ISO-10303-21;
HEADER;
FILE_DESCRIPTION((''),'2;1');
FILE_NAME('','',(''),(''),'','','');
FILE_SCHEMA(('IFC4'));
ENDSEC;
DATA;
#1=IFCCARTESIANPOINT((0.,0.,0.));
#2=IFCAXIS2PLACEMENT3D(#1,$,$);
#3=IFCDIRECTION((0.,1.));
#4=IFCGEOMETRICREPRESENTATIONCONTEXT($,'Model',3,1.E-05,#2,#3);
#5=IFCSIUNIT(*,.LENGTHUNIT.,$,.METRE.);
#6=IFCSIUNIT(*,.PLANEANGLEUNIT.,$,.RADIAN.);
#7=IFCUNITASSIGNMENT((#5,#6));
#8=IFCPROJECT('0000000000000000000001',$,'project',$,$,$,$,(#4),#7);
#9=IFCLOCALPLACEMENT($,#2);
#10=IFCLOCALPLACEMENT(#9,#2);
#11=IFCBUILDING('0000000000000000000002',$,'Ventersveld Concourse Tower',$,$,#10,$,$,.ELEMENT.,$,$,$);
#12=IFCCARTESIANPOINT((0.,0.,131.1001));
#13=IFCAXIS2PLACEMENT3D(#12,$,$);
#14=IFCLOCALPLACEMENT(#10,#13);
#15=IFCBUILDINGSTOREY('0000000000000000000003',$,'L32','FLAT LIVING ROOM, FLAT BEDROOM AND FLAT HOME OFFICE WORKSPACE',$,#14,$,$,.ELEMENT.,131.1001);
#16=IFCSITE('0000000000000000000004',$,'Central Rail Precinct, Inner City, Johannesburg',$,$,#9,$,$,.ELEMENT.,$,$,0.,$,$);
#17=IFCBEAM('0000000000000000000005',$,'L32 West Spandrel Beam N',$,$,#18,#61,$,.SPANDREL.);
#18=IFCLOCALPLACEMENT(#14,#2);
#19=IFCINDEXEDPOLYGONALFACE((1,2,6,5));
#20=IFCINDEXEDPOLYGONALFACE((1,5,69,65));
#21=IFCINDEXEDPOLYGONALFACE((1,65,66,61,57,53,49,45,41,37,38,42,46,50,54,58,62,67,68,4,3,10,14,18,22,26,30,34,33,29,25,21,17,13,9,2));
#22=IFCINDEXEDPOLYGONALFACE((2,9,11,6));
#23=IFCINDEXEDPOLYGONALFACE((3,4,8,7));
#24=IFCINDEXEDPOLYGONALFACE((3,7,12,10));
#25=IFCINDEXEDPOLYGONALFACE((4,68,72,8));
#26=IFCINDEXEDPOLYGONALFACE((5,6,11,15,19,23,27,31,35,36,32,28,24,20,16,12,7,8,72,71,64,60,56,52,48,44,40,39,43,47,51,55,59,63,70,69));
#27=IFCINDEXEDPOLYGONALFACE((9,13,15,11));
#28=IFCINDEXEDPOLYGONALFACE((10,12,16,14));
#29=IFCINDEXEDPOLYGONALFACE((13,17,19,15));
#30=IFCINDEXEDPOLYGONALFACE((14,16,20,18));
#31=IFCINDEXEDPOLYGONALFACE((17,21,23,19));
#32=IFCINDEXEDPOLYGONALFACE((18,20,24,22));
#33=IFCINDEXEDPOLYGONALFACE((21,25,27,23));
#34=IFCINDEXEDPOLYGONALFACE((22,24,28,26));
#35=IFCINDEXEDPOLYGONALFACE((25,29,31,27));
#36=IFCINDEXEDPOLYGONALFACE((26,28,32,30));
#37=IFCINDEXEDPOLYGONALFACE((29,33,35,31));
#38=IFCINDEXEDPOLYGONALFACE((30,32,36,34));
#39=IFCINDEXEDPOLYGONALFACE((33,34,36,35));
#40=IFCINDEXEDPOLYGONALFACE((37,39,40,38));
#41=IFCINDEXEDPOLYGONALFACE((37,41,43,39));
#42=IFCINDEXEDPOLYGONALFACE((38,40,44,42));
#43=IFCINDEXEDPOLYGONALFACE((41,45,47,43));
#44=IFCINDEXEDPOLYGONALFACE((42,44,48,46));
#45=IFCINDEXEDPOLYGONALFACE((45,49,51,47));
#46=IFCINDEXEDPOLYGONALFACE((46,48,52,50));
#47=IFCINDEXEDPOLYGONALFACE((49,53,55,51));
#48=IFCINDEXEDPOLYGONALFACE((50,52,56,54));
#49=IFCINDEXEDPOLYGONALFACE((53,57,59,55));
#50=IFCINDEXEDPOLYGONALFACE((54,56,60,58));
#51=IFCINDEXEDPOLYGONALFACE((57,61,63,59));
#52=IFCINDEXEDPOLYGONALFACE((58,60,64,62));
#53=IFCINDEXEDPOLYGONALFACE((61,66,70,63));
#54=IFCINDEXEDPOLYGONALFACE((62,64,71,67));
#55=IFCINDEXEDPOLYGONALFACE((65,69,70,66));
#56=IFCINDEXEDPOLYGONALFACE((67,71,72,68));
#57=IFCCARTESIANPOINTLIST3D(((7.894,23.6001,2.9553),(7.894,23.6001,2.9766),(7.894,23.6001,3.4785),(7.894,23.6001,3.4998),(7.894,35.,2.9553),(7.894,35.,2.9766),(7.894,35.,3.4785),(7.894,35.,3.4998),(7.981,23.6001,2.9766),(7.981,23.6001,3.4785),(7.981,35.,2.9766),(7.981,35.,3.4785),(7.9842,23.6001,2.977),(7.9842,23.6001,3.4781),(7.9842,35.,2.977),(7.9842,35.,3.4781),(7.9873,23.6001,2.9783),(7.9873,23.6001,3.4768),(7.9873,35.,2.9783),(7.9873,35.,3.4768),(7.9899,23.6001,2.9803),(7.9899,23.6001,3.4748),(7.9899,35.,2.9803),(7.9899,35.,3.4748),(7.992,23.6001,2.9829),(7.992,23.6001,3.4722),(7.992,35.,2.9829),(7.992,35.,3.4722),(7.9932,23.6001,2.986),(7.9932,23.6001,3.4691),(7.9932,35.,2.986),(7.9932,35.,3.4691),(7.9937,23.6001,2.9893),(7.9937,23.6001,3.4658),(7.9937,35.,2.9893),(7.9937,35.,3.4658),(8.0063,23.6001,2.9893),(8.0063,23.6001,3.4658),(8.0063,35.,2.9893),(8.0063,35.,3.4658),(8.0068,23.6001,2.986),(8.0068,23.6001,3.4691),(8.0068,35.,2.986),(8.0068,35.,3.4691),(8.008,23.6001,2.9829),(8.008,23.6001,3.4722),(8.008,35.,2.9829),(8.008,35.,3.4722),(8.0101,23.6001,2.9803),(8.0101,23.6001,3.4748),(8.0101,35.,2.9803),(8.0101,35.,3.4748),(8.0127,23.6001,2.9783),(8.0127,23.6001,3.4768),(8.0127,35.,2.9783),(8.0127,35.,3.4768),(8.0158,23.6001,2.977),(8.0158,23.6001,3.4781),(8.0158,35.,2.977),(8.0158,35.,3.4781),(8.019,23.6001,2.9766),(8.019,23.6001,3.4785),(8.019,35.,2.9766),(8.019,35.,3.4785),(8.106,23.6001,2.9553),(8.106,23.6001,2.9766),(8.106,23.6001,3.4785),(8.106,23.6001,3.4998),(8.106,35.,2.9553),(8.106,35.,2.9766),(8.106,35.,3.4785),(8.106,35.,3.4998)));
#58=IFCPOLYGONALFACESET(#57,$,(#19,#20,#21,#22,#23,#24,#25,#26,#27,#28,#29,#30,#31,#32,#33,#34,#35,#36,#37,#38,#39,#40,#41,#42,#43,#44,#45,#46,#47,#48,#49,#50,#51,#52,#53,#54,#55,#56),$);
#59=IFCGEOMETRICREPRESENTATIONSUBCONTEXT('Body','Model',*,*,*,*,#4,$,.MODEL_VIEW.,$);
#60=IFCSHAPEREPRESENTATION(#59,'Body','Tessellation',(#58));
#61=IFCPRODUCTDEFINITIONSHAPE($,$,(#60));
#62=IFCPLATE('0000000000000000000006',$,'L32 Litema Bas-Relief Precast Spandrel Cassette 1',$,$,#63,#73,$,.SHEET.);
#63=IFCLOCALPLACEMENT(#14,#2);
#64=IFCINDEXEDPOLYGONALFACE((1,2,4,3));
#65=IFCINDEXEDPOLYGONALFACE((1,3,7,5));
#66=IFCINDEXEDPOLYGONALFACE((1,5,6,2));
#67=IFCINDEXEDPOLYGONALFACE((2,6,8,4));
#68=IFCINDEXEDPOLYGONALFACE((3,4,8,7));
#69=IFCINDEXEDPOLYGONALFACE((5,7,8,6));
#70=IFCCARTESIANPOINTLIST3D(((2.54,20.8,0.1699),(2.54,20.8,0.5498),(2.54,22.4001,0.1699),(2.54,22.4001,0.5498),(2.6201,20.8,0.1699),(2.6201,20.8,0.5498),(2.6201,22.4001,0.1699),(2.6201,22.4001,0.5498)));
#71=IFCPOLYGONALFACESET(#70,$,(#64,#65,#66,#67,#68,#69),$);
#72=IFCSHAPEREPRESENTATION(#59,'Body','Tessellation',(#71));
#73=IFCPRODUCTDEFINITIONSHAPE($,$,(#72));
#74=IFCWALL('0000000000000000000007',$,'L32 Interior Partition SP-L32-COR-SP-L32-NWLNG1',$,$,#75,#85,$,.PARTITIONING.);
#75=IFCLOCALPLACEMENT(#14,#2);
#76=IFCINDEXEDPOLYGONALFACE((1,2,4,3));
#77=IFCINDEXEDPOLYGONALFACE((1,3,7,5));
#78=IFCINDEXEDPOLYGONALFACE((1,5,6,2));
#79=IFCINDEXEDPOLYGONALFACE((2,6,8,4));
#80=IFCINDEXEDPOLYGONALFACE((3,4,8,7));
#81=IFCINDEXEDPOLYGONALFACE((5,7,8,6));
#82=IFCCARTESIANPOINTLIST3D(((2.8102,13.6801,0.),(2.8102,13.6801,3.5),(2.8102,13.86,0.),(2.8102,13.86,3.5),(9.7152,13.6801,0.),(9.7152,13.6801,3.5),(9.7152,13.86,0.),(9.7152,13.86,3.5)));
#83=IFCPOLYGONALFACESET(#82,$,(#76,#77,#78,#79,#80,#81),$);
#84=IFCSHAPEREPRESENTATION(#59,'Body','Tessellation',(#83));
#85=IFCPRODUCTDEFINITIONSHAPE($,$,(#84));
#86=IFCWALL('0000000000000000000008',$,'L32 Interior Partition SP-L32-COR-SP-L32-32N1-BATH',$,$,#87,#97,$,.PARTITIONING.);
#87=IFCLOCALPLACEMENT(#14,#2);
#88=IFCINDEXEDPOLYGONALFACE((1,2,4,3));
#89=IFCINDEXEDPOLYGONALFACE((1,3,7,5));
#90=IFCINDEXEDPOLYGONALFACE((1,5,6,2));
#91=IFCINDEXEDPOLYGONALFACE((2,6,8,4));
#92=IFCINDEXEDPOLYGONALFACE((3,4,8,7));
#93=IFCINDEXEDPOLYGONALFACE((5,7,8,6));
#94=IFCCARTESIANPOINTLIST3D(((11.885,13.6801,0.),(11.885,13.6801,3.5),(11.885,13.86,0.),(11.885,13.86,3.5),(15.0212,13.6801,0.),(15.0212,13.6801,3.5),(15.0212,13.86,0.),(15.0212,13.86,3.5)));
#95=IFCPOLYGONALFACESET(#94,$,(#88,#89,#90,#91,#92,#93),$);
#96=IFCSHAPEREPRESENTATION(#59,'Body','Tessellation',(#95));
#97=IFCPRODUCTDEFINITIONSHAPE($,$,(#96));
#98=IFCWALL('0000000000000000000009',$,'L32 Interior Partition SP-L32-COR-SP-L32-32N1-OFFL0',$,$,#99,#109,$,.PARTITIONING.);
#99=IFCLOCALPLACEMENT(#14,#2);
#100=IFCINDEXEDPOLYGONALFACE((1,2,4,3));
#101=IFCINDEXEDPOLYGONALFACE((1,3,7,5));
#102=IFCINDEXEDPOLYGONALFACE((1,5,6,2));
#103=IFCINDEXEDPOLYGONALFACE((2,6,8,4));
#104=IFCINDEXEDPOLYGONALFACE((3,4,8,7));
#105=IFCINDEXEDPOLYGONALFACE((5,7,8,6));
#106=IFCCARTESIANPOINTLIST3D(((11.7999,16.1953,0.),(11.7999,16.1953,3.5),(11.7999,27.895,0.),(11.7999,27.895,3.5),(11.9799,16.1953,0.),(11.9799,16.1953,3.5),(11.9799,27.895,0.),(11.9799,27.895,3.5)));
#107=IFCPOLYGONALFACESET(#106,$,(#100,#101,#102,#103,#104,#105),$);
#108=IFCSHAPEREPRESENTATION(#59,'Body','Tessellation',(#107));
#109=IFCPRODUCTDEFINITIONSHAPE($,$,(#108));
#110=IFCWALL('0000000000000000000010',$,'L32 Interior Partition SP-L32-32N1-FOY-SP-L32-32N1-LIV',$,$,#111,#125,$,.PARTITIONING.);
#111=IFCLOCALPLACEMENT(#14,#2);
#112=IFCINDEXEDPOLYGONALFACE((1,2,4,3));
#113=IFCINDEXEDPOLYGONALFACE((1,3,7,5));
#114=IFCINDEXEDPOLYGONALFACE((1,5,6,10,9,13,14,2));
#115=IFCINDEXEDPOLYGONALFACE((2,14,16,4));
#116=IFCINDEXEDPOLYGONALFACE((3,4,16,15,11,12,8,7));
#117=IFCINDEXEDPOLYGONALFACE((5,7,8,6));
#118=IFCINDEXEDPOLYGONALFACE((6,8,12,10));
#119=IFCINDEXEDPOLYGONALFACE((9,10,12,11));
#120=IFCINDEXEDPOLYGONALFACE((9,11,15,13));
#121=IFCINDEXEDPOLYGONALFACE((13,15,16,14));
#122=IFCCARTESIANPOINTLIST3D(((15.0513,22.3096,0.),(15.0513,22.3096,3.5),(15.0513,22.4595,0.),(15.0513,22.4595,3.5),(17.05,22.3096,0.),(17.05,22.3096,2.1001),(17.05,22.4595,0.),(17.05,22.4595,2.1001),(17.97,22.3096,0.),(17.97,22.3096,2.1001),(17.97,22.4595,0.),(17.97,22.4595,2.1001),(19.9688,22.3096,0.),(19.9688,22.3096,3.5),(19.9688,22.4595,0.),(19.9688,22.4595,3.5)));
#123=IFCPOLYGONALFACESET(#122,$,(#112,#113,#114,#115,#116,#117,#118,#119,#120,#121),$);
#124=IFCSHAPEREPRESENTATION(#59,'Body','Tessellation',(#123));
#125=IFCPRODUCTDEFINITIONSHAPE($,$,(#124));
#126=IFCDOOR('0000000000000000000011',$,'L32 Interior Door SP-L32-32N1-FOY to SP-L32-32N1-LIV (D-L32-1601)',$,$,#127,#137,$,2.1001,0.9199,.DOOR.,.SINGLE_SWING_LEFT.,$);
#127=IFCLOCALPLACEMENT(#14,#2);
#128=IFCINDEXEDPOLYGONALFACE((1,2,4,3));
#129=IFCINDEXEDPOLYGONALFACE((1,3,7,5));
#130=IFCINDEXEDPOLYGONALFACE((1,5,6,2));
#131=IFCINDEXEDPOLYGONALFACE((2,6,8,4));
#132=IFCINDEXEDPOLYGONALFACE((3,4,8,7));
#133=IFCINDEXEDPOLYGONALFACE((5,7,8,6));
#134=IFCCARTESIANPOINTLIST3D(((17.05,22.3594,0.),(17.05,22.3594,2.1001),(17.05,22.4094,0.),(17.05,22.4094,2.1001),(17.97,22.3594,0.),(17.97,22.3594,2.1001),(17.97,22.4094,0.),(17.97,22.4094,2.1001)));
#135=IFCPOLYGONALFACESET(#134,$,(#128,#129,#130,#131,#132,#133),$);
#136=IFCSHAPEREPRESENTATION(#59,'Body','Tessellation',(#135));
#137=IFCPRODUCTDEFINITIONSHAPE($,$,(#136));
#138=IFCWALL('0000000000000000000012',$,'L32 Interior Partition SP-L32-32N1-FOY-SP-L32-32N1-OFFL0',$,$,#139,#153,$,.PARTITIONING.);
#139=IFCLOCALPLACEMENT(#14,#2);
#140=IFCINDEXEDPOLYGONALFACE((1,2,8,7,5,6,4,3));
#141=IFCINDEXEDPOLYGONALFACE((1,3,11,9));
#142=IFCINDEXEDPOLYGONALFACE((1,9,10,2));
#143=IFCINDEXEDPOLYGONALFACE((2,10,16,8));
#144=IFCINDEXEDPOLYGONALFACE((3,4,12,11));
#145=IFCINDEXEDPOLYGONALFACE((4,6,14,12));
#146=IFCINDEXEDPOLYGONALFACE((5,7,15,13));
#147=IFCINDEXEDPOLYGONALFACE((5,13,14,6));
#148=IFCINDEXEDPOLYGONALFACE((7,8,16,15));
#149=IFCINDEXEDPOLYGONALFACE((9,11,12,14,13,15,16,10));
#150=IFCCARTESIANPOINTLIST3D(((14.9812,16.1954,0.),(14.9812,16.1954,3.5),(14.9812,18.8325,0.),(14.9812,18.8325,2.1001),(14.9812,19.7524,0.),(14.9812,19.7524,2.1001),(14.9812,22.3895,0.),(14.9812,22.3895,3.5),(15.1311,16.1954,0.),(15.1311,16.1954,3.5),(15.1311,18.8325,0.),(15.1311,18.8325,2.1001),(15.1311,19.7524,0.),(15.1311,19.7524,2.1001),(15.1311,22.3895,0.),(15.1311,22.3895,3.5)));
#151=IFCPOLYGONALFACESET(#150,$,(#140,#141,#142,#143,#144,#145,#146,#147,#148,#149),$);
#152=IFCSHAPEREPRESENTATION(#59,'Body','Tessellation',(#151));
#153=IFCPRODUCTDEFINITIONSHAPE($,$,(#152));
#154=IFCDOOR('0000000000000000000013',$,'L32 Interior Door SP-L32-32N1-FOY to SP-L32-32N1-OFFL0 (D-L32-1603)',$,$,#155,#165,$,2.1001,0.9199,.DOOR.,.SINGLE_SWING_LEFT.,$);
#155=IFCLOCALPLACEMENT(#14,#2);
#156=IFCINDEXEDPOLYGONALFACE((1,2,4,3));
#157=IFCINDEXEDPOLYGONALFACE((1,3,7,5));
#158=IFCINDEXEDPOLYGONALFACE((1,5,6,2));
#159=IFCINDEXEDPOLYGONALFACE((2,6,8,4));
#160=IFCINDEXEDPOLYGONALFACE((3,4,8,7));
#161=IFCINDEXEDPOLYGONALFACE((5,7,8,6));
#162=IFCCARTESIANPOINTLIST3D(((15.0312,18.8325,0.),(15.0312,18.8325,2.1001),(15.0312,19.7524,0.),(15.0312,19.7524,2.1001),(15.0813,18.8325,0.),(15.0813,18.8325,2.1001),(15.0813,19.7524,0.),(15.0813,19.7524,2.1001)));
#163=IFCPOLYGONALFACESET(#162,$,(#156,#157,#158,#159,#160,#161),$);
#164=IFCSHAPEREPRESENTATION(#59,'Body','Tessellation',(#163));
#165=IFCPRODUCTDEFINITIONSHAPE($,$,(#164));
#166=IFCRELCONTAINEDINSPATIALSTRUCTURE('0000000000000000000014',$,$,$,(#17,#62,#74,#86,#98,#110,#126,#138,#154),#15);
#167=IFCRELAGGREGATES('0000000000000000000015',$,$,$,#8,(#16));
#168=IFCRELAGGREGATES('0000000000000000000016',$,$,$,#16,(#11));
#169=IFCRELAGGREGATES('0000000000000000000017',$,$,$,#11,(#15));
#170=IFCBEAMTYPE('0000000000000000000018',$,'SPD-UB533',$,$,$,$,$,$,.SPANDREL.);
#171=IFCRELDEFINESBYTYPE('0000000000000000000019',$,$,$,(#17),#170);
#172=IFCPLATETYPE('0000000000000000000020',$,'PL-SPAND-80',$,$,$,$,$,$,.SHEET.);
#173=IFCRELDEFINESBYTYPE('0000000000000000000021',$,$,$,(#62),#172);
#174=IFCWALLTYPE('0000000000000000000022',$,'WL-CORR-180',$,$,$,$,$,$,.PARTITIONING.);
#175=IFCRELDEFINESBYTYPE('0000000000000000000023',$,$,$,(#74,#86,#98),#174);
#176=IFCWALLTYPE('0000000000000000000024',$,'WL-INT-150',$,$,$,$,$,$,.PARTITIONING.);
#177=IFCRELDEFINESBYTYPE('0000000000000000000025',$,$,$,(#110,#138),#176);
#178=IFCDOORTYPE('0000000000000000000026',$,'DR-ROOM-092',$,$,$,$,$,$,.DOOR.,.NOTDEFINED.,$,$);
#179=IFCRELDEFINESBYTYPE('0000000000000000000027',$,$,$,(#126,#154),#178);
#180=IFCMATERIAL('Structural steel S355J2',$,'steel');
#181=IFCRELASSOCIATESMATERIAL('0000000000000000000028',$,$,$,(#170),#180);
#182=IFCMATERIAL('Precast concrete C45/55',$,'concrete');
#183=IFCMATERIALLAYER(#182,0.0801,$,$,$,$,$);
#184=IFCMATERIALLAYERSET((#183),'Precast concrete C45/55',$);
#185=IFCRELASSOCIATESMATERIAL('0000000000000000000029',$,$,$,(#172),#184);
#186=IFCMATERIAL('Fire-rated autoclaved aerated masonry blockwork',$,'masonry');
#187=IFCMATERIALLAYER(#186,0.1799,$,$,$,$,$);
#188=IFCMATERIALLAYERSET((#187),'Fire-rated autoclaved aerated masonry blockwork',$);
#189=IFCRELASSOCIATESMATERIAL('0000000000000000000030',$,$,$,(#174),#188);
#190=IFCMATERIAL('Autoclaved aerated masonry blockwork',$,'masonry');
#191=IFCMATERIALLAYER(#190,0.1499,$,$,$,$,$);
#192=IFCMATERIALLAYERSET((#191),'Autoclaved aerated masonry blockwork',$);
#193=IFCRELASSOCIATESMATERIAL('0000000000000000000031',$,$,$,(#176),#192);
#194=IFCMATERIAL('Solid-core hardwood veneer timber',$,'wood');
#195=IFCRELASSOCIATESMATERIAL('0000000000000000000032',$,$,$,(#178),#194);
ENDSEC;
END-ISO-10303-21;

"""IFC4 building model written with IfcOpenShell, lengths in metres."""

from ifc_helpers import new_model, si_unit, direction, frame, frame_2d, origin, origin_2d, place, context, subcontext, project, spatial, rectangle, i_section, extrude, material, layer, layer_set, material_profile, profile_set, type_object, element, fill, save


model = new_model("IFC4")

# Units and contexts
model_context = context("Model", 3, precision=1e-05, world=origin(), true_north=direction((0.0, 1.0)))
body_context = subcontext(model_context, "Body", "Model", "MODEL_VIEW")
ifc_project = project(units=[si_unit("LENGTHUNIT", "METRE"), si_unit("PLANEANGLEUNIT", "RADIAN")], contexts=[model_context])

# Site, building, storey
site_placement = place(None, origin())
site = spatial("IfcSite", under=ifc_project, at=site_placement, Name="Central Rail Precinct, Inner City, Johannesburg", CompositionType="ELEMENT", RefElevation=0.0)
building_placement = place(site_placement, origin())
building = spatial("IfcBuilding", under=site, at=building_placement, Name="Ventersveld Concourse Tower", CompositionType="ELEMENT")
storey_placement = place(building_placement, frame((0.0, 0.0, 131.1001)))
storey = spatial("IfcBuildingStorey", under=building, at=storey_placement, Name="L32", Description="FLAT LIVING ROOM, FLAT BEDROOM AND FLAT HOME OFFICE WORKSPACE", CompositionType="ELEMENT", Elevation=131.1001)

# Beam
ifc_material_1 = material(Name="Structural steel S355J2", Category="steel")
ifc_material_profile_1 = material_profile(ifc_material_1, i_section(OverallWidth=0.2119, OverallDepth=0.5444, WebThickness=0.0127, FlangeThickness=0.0212, FilletRadius=0.0127, at=origin_2d()), Name="UB 533x210x122")
ifc_profile_set_1 = profile_set([ifc_material_profile_1], Name="Structural steel S355J2")
beam_type_1 = type_object("IfcBeamType", Name="SPD-UB533", PredefinedType="SPANDREL", material=ifc_profile_set_1)
beam_1_placement = place(storey_placement, frame((8.0, 23.6001, 3.2275), z_axis=(0.0, 1.0, 0.0), x_axis=(-1.0, 0.0, 0.0)))
element("IfcBeam", 1, at=beam_1_placement, inside=storey, type_object=beam_type_1, Name="L32 West Spandrel Beam N", PredefinedType="SPANDREL", context=body_context, shape_type="SweptSolid", body=[
    extrude(i_section(OverallWidth=0.2119, OverallDepth=0.5444, WebThickness=0.0127, FlangeThickness=0.0212, FilletRadius=0.0127, at=origin_2d()), origin(), (0.0, 0.0, 1.0), 11.3999),
])

# Plate
ifc_material_2 = material(Name="Precast concrete C45/55", Category="concrete")
ifc_layer_1 = layer(ifc_material_2, 0.0801)
ifc_layer_set_1 = layer_set([ifc_layer_1], Name="Precast concrete C45/55")
plate_type = type_object("IfcPlateType", Name="PL-SPAND-80", PredefinedType="SHEET", material=ifc_layer_set_1)
plate_placement = place(storey_placement, frame((2.5801, 21.6001, 0.1699), z_axis=(0.0, 0.0, 1.0), x_axis=(0.0, -1.0, 0.0)))
element("IfcPlate", 2, at=plate_placement, inside=storey, type_object=plate_type, Name="L32 Litema Bas-Relief Precast Spandrel Cassette 1", PredefinedType="SHEET", context=body_context, shape_type="SweptSolid", body=[
    extrude(rectangle(XDim=1.6001, YDim=0.0801, at=origin_2d()), origin(), (0.0, 0.0, 1.0), 0.3799),
])

# Wall
ifc_material_3 = material(Name="Fire-rated autoclaved aerated masonry blockwork", Category="masonry")
ifc_layer_2 = layer(ifc_material_3, 0.1799)
ifc_layer_set_2 = layer_set([ifc_layer_2], Name="Fire-rated autoclaved aerated masonry blockwork")
wall_type_1 = type_object("IfcWallType", Name="WL-CORR-180", PredefinedType="PARTITIONING", material=ifc_layer_set_2)
wall_1_placement = place(storey_placement, frame((2.8101, 13.77, 0.0), z_axis=(0.0, 0.0, 1.0), x_axis=(1.0, 0.0, 0.0)))
element("IfcWall", 3, at=wall_1_placement, inside=storey, type_object=wall_type_1, Name="L32 Interior Partition SP-L32-COR-SP-L32-NWLNG1", PredefinedType="PARTITIONING", context=body_context, shape_type="SweptSolid", body=[
    extrude(rectangle(XDim=6.905, YDim=0.1799, at=frame_2d((3.4526, 0.0))), origin(), (0.0, 0.0, 1.0), 3.5),
])

# Shared definitions
ifc_material_4 = material(Name="Solid-core hardwood veneer timber", Category="wood")

# Walls
wall_2_placement = place(storey_placement, frame((11.885, 13.77, 0.0), z_axis=(0.0, 0.0, 1.0), x_axis=(1.0, 0.0, 0.0)))
element("IfcWall", 4, at=wall_2_placement, inside=storey, type_object=wall_type_1, Name="L32 Interior Partition SP-L32-COR-SP-L32-32N1-BATH", PredefinedType="PARTITIONING", context=body_context, shape_type="SweptSolid", body=[
    extrude(rectangle(XDim=3.1362, YDim=0.1799, at=frame_2d((1.5681, 0.0))), origin(), (0.0, 0.0, 1.0), 3.5),
])
wall_3_placement = place(storey_placement, frame((11.8899, 16.1953, 0.0), z_axis=(0.0, 0.0, 1.0), x_axis=(0.0, 1.0, 0.0)))
element("IfcWall", 5, at=wall_3_placement, inside=storey, type_object=wall_type_1, Name="L32 Interior Partition SP-L32-COR-SP-L32-32N1-OFFL0", PredefinedType="PARTITIONING", context=body_context, shape_type="SweptSolid", body=[
    extrude(rectangle(XDim=11.6997, YDim=0.1799, at=frame_2d((5.8499, 0.0))), origin(), (0.0, 0.0, 1.0), 3.5),
])

# Walls, openings, doors
ifc_material_5 = material(Name="Autoclaved aerated masonry blockwork", Category="masonry")
ifc_layer_3 = layer(ifc_material_5, 0.1499)
ifc_layer_set_3 = layer_set([ifc_layer_3], Name="Autoclaved aerated masonry blockwork")
wall_type_2 = type_object("IfcWallType", Name="WL-INT-150", PredefinedType="PARTITIONING", material=ifc_layer_set_3)
wall_4_placement = place(storey_placement, frame((15.0513, 22.3845, 0.0), z_axis=(0.0, 0.0, 1.0), x_axis=(1.0, 0.0, 0.0)))
wall_4 = element("IfcWall", 6, at=wall_4_placement, inside=storey, type_object=wall_type_2, Name="L32 Interior Partition SP-L32-32N1-FOY-SP-L32-32N1-LIV", PredefinedType="PARTITIONING", context=body_context, shape_type="SweptSolid", body=[
    extrude(rectangle(XDim=4.9175, YDim=0.1499, at=frame_2d((2.4587, 0.0))), origin(), (0.0, 0.0, 1.0), 3.5),
])
opening_1_placement = place(wall_4_placement, frame((1.9988, 0.0, 0.0)))
opening_1 = element("IfcOpeningElement", 7, at=opening_1_placement, cuts=wall_4, PredefinedType="OPENING", context=body_context, shape_type="SweptSolid", body=[
    extrude(rectangle(XDim=0.9199, YDim=2.1001, at=frame_2d((0.46, 1.05))), frame((0.0, 0.085, 0.0), z_axis=(0.0, -1.0, 0.0), x_axis=(1.0, 0.0, 0.0)), (0.0, 0.0, 1.0), 0.1699),
])
door_type_1 = type_object("IfcDoorType", Name="DR-ROOM-092", OperationType="NOTDEFINED", PredefinedType="DOOR", material=ifc_material_4)
door_1_placement = place(opening_1_placement, origin())
door_1 = element("IfcDoor", 8, at=door_1_placement, inside=storey, type_object=door_type_1, Name="L32 Interior Door SP-L32-32N1-FOY to SP-L32-32N1-LIV (D-L32-1601)", OperationType="SINGLE_SWING_LEFT", OverallHeight=2.1001, OverallWidth=0.9199, PredefinedType="DOOR", context=body_context, shape_type="SweptSolid", body=[
    extrude(rectangle(XDim=0.9199, YDim=2.1001, at=frame_2d((0.46, 1.05))), frame((0.0, 0.0249, 0.0), z_axis=(0.0, -1.0, 0.0), x_axis=(1.0, 0.0, 0.0)), (0.0, 0.0, 1.0), 0.05),
])
fill(opening_1, door_1)
wall_5_placement = place(storey_placement, frame((15.0562, 16.1953, 0.0), z_axis=(0.0, 0.0, 1.0), x_axis=(0.0, 1.0, 0.0)))
wall_5 = element("IfcWall", 9, at=wall_5_placement, inside=storey, type_object=wall_type_2, Name="L32 Interior Partition SP-L32-32N1-FOY-SP-L32-32N1-OFFL0", PredefinedType="PARTITIONING", context=body_context, shape_type="SweptSolid", body=[
    extrude(rectangle(XDim=6.1941, YDim=0.1499, at=frame_2d((3.0972, 0.0))), origin(), (0.0, 0.0, 1.0), 3.5),
])
opening_2_placement = place(wall_5_placement, frame((2.6372, 0.0, 0.0)))
opening_2 = element("IfcOpeningElement", 10, at=opening_2_placement, cuts=wall_5, PredefinedType="OPENING", context=body_context, shape_type="SweptSolid", body=[
    extrude(rectangle(XDim=0.9199, YDim=2.1001, at=frame_2d((0.46, 1.05))), frame((0.0, 0.085, 0.0), z_axis=(0.0, -1.0, 0.0), x_axis=(1.0, 0.0, 0.0)), (0.0, 0.0, 1.0), 0.1699),
])
door_2_placement = place(opening_2_placement, origin())
door_2 = element("IfcDoor", 11, at=door_2_placement, inside=storey, type_object=door_type_1, Name="L32 Interior Door SP-L32-32N1-FOY to SP-L32-32N1-OFFL0 (D-L32-1603)", OperationType="SINGLE_SWING_LEFT", OverallHeight=2.1001, OverallWidth=0.9199, PredefinedType="DOOR", context=body_context, shape_type="SweptSolid", body=[
    extrude(rectangle(XDim=0.9199, YDim=2.1001, at=frame_2d((0.46, 1.05))), frame((0.0, 0.0249, 0.0), z_axis=(0.0, -1.0, 0.0), x_axis=(1.0, 0.0, 0.0)), (0.0, 0.0, 1.0), 0.05),
])
fill(opening_2, door_2)

save(model, "model.ifc")
